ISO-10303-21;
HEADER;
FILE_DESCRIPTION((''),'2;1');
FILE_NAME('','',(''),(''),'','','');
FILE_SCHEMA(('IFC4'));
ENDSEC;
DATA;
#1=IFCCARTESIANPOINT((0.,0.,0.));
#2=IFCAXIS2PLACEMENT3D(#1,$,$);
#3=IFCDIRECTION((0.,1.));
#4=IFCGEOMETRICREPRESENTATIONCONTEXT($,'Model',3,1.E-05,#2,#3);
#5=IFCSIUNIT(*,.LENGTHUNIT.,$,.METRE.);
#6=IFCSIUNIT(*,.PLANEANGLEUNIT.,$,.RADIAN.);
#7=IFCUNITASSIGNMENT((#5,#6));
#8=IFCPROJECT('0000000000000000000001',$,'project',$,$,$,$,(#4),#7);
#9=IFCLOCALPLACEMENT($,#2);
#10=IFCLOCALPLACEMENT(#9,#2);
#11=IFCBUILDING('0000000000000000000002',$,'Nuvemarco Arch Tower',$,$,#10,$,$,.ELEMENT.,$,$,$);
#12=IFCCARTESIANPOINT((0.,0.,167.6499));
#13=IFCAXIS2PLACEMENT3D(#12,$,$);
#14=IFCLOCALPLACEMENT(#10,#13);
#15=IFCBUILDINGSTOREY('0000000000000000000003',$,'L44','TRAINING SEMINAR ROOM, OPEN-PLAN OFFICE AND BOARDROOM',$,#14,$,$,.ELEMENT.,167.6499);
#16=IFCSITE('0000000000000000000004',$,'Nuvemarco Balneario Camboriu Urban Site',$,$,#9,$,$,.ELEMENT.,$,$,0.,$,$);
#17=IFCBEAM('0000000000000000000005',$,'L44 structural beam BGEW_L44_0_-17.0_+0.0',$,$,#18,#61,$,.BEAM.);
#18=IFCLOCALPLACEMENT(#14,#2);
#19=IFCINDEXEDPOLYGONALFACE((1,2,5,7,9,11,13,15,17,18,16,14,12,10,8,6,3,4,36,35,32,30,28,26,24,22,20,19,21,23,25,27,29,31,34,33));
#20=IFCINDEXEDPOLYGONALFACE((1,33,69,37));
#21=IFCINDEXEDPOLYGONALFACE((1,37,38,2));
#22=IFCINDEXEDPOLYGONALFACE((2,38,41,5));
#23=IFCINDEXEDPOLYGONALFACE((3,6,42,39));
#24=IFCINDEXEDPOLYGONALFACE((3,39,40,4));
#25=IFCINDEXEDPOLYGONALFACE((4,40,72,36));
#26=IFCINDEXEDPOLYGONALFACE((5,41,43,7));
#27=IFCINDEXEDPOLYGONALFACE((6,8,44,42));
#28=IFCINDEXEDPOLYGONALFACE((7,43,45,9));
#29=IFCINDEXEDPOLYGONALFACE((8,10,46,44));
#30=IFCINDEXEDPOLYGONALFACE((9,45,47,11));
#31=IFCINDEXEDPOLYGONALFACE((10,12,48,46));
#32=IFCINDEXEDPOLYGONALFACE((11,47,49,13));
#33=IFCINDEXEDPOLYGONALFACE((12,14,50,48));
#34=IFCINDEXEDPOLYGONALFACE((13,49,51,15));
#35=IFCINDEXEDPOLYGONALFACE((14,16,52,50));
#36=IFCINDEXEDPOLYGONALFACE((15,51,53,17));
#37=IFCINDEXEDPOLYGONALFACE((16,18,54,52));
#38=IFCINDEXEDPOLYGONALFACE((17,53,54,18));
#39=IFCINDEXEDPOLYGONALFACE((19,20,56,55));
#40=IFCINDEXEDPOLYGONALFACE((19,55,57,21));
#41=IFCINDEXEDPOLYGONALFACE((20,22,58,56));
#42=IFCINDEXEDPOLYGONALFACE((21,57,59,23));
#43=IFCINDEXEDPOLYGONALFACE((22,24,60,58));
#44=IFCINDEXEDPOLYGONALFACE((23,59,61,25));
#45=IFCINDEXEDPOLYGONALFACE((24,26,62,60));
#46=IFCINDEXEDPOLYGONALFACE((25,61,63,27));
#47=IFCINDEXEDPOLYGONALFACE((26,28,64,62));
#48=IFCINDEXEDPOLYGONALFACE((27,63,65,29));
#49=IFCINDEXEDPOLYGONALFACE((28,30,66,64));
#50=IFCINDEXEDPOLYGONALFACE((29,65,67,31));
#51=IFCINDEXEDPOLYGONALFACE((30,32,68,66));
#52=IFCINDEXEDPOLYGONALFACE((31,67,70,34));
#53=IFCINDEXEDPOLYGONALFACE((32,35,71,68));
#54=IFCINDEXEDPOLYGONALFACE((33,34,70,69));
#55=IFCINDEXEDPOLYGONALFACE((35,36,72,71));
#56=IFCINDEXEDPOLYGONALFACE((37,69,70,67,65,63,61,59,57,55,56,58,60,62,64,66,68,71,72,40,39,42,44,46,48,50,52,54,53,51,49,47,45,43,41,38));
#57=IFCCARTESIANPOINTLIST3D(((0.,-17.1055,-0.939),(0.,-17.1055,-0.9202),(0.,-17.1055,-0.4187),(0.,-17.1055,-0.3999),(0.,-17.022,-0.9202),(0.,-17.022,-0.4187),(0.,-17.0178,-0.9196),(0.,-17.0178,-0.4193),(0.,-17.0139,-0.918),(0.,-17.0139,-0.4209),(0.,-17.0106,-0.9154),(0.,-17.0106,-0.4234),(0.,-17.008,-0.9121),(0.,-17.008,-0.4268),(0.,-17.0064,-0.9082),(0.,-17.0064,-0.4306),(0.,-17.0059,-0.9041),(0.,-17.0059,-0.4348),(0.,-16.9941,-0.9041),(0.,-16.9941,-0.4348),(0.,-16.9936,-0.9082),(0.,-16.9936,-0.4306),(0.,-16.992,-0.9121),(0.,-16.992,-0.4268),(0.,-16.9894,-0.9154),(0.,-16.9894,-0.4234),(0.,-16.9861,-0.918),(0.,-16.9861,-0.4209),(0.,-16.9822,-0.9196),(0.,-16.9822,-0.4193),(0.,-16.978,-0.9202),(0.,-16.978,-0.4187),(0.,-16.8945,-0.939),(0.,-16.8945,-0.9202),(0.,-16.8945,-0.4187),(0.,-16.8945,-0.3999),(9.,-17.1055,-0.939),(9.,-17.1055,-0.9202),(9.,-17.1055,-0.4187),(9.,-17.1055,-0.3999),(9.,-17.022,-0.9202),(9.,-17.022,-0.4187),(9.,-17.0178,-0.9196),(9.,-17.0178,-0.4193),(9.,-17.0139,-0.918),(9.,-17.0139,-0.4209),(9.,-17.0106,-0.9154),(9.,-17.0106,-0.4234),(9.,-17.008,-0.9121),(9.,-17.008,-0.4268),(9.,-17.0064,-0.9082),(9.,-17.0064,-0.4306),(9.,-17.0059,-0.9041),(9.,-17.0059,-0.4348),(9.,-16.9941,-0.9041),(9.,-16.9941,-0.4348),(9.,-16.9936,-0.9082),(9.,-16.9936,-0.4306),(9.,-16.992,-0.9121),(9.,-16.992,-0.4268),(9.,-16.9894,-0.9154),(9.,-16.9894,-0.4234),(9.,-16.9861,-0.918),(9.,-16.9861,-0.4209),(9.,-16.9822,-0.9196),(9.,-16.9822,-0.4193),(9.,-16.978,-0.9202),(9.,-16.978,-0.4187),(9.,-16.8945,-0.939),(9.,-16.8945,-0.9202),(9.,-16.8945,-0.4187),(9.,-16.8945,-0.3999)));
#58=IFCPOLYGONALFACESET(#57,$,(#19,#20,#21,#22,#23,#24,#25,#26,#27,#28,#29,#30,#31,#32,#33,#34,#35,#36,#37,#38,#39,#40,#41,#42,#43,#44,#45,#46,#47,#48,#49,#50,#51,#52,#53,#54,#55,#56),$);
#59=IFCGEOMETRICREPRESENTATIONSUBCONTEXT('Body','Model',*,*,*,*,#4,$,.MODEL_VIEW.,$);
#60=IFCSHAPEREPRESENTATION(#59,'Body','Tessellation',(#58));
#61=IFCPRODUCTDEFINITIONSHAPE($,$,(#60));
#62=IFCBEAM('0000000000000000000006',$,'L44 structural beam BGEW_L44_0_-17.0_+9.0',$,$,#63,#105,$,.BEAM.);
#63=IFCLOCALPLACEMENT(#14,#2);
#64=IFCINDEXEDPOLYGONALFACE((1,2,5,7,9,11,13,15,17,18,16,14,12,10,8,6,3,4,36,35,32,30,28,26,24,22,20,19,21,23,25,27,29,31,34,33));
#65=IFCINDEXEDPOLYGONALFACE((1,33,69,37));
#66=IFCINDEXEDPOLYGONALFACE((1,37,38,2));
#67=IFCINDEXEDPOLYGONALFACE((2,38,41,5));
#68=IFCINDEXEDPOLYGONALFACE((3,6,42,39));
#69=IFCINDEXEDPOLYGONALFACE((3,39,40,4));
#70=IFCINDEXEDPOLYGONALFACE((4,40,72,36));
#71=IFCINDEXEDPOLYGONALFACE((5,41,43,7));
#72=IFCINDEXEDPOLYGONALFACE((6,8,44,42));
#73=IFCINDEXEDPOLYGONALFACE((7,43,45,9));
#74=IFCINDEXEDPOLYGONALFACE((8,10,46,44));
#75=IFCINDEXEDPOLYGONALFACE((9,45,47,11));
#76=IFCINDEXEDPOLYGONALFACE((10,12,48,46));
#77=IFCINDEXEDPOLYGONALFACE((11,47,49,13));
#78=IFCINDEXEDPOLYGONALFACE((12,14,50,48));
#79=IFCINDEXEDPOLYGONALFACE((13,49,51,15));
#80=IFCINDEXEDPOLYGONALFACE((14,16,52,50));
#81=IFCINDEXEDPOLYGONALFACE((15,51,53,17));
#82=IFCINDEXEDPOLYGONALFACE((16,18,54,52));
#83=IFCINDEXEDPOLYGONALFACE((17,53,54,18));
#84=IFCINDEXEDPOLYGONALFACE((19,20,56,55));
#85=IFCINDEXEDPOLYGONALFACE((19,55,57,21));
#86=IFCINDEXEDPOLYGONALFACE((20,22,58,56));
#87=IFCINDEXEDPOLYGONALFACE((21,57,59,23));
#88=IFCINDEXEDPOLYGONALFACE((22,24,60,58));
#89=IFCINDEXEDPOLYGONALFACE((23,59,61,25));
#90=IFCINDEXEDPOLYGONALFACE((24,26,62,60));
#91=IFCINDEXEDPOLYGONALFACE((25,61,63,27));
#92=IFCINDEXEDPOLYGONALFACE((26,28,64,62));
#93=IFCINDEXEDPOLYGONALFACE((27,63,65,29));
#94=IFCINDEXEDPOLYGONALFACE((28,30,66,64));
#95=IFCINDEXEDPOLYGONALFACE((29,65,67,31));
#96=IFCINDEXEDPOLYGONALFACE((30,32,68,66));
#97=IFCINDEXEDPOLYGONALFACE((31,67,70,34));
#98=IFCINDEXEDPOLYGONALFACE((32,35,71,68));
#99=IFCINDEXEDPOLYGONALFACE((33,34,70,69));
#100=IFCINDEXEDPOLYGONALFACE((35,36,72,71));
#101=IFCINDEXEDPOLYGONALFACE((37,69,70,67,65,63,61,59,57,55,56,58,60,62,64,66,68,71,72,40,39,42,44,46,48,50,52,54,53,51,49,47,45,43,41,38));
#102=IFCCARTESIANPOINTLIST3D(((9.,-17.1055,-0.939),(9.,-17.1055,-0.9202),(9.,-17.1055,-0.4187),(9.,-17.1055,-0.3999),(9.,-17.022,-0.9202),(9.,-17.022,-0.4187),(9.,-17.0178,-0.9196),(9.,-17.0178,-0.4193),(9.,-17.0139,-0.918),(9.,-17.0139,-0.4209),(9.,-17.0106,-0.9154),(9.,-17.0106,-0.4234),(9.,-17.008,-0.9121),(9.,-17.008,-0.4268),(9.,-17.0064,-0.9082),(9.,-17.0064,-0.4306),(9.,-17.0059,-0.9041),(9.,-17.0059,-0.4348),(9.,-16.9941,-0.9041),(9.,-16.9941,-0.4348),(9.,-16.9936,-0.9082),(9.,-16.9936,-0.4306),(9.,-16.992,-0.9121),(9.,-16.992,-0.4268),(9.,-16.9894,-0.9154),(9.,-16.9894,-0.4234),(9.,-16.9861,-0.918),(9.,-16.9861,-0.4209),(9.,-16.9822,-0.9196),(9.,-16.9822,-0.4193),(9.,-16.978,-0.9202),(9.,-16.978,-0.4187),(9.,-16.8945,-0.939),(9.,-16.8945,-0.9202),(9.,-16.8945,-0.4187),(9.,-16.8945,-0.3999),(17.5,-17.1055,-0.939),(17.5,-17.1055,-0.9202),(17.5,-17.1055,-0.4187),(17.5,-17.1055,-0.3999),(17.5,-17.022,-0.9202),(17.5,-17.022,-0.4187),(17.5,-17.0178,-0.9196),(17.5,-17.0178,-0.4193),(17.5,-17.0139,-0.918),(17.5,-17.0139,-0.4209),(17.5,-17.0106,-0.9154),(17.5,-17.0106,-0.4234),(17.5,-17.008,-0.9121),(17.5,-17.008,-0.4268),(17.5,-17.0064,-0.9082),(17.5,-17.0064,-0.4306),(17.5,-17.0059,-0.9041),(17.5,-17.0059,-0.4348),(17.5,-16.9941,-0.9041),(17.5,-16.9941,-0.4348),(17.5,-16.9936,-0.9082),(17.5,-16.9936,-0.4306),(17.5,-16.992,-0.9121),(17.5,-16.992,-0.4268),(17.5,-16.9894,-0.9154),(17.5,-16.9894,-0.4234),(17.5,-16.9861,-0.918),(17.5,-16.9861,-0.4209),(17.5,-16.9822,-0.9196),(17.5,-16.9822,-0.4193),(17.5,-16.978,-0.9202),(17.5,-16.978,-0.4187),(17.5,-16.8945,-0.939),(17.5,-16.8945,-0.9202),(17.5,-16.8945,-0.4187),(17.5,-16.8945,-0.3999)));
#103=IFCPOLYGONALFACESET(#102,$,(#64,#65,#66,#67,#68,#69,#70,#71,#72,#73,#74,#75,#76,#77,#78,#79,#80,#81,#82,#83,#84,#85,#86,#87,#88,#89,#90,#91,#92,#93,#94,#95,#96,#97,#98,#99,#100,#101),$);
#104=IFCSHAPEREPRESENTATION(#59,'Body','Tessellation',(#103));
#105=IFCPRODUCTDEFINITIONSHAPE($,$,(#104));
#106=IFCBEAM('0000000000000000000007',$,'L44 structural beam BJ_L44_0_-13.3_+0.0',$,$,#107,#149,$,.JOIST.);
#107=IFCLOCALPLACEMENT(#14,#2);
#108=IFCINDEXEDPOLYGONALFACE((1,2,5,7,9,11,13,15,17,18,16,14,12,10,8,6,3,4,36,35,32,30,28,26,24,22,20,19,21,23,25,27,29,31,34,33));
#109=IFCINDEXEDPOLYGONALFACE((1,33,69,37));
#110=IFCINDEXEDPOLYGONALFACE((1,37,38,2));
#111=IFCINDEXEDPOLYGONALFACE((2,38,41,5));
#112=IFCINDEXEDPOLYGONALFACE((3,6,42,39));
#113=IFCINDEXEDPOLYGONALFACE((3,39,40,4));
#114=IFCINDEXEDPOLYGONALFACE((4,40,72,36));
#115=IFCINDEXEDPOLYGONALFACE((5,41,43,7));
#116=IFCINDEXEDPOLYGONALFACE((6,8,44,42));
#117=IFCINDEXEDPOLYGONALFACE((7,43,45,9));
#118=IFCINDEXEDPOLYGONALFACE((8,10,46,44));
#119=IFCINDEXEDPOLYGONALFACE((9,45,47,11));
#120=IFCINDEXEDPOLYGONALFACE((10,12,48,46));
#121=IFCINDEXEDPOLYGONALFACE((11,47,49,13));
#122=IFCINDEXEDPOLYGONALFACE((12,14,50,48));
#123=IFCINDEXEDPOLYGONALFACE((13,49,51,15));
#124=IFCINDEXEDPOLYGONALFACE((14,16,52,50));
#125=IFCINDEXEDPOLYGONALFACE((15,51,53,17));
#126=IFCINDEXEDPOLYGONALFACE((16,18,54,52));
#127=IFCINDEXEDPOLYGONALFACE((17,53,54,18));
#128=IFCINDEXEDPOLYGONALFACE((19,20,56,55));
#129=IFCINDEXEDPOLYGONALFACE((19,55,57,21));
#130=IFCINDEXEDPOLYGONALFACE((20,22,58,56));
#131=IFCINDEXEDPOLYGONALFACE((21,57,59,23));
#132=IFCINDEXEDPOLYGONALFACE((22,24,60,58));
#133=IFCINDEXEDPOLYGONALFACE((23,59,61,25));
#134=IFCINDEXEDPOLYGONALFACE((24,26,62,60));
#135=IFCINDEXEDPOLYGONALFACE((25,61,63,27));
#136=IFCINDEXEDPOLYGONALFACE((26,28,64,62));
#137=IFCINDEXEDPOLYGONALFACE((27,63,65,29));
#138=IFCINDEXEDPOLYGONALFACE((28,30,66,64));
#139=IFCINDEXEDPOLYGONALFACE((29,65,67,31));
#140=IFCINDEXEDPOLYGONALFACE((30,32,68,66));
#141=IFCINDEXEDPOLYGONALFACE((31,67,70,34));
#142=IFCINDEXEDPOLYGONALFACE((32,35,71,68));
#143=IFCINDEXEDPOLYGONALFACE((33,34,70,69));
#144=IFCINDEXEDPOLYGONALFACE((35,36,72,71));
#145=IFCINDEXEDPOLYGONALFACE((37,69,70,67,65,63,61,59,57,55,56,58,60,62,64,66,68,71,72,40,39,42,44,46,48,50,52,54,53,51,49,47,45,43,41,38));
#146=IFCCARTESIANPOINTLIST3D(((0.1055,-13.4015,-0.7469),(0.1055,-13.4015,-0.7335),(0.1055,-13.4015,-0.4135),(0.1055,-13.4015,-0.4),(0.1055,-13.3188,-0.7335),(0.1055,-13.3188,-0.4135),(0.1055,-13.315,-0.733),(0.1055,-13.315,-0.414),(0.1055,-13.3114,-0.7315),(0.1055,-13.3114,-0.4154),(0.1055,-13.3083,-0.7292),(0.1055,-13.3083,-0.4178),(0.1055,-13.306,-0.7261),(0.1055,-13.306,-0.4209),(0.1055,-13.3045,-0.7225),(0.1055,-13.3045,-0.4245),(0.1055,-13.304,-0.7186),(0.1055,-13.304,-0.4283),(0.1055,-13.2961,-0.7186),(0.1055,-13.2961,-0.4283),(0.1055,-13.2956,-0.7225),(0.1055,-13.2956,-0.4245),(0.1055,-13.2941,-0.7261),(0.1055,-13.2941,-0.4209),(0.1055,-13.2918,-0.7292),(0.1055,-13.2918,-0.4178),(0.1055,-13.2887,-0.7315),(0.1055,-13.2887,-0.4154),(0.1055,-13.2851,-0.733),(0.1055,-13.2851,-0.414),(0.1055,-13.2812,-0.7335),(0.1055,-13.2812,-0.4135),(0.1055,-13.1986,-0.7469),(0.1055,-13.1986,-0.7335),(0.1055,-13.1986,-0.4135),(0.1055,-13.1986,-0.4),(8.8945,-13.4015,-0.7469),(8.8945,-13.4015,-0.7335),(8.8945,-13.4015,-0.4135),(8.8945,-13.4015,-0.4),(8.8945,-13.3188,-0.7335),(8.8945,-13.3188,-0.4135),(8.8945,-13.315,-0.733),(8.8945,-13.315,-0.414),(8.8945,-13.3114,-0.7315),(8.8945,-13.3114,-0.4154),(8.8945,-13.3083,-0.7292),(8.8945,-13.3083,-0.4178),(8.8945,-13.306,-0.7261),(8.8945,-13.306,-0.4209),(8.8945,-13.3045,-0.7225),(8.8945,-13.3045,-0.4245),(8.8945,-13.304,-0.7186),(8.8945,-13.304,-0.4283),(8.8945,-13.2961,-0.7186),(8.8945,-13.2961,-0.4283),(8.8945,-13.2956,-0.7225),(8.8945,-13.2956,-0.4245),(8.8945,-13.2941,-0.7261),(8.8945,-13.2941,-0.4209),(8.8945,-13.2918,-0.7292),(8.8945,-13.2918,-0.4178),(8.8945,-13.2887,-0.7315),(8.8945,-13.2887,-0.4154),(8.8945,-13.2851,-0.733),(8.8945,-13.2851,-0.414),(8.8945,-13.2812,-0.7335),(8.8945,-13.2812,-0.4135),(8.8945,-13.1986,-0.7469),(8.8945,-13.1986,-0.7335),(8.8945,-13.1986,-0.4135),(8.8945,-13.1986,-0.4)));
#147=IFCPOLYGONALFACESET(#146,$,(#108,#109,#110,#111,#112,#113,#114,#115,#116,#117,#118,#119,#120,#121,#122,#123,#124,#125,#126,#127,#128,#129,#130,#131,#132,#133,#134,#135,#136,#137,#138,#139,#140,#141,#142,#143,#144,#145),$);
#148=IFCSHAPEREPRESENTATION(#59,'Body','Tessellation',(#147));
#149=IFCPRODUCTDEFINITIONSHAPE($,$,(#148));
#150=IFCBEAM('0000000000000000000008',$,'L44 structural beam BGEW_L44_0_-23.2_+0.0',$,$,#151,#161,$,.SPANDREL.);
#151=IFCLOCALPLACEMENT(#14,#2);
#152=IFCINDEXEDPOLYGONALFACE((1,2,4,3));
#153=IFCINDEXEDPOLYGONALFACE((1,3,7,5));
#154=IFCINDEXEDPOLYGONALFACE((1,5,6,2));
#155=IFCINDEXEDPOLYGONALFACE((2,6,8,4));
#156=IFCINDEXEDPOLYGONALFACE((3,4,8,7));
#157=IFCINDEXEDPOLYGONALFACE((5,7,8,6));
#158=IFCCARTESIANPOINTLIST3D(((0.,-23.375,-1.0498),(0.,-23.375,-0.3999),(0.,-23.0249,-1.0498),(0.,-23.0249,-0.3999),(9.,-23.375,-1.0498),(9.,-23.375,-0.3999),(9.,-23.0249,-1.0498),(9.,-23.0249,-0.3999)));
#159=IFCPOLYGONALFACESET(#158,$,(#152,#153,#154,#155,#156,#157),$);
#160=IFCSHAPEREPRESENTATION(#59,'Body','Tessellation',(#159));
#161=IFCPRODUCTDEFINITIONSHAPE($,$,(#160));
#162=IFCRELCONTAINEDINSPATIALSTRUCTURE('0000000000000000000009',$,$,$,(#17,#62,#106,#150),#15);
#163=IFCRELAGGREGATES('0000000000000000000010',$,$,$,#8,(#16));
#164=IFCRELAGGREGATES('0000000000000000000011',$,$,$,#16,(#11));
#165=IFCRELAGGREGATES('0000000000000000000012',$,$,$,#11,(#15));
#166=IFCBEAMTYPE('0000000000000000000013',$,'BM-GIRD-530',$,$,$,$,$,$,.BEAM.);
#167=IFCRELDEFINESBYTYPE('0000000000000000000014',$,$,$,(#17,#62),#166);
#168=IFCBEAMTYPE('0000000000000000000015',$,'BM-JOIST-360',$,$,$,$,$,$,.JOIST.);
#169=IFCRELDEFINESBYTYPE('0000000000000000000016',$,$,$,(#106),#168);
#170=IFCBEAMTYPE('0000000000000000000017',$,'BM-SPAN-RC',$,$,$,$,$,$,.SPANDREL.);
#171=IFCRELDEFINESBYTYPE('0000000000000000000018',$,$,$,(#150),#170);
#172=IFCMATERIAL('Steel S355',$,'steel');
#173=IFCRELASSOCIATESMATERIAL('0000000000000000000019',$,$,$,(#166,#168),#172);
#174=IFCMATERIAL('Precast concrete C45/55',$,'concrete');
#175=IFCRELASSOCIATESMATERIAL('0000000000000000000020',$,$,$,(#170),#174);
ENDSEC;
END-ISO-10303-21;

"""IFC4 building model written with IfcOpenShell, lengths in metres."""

from ifc_helpers import new_model, si_unit, direction, frame, origin, origin_2d, place, context, subcontext, project, spatial, rectangle, i_section, extrude, material, material_profile, profile_set, type_object, element, save


model = new_model("IFC4")

# Units and contexts
model_context = context("Model", 3, precision=1e-05, world=origin(), true_north=direction((0.0, 1.0)))
body_context = subcontext(model_context, "Body", "Model", "MODEL_VIEW")
ifc_project = project(units=[si_unit("LENGTHUNIT", "METRE"), si_unit("PLANEANGLEUNIT", "RADIAN")], contexts=[model_context])

# Site, building, storey
site_placement = place(None, origin())
site = spatial("IfcSite", under=ifc_project, at=site_placement, Name="Nuvemarco Balneario Camboriu Urban Site", CompositionType="ELEMENT", RefElevation=0.0)
building_placement = place(site_placement, origin())
building = spatial("IfcBuilding", under=site, at=building_placement, Name="Nuvemarco Arch Tower", CompositionType="ELEMENT")
storey_placement = place(building_placement, frame((0.0, 0.0, 167.6499)))
storey = spatial("IfcBuildingStorey", under=building, at=storey_placement, Name="L44", Description="TRAINING SEMINAR ROOM, OPEN-PLAN OFFICE AND BOARDROOM", CompositionType="ELEMENT", Elevation=167.6499)

# Shared definitions
ifc_material_1 = material(Name="Steel S355", Category="steel")

# Beams
ifc_material_profile_1 = material_profile(ifc_material_1, i_section(OverallWidth=0.2109, OverallDepth=0.5391, WebThickness=0.0117, FlangeThickness=0.0188, FilletRadius=0.0161, at=origin_2d()), Name="W530x109")
ifc_profile_set_1 = profile_set([ifc_material_profile_1], Name="Steel S355")
beam_type_1 = type_object("IfcBeamType", Name="BM-GIRD-530", PredefinedType="BEAM", material=ifc_profile_set_1)
beam_1_placement = place(storey_placement, frame((0.0, -17.0, -0.6694), z_axis=(1.0, 0.0, 0.0), x_axis=(0.0, 1.0, 0.0)))
element("IfcBeam", 1, at=beam_1_placement, inside=storey, type_object=beam_type_1, Name="L44 structural beam BGEW_L44_0_-17.0_+0.0", PredefinedType="BEAM", context=body_context, shape_type="SweptSolid", body=[
    extrude(i_section(OverallWidth=0.2109, OverallDepth=0.5391, WebThickness=0.0117, FlangeThickness=0.0188, FilletRadius=0.0161, at=origin_2d()), origin(), (0.0, 0.0, 1.0), 9.0),
])
beam_2_placement = place(storey_placement, frame((9.0, -17.0, -0.6694), z_axis=(1.0, 0.0, 0.0), x_axis=(0.0, 1.0, 0.0)))
element("IfcBeam", 2, at=beam_2_placement, inside=storey, type_object=beam_type_1, Name="L44 structural beam BGEW_L44_0_-17.0_+9.0", PredefinedType="BEAM", context=body_context, shape_type="SweptSolid", body=[
    extrude(i_section(OverallWidth=0.2109, OverallDepth=0.5391, WebThickness=0.0117, FlangeThickness=0.0188, FilletRadius=0.0161, at=origin_2d()), origin(), (0.0, 0.0, 1.0), 8.5),
])
ifc_material_profile_2 = material_profile(ifc_material_1, i_section(OverallWidth=0.2029, OverallDepth=0.3469, WebThickness=0.0078, FlangeThickness=0.0134, FilletRadius=0.0149, at=origin_2d()), Name="W360x64")
ifc_profile_set_2 = profile_set([ifc_material_profile_2], Name="Steel S355")
beam_type_2 = type_object("IfcBeamType", Name="BM-JOIST-360", PredefinedType="JOIST", material=ifc_profile_set_2)
beam_3_placement = place(storey_placement, frame((0.1055, -13.3, -0.5735), z_axis=(1.0, 0.0, 0.0), x_axis=(0.0, 1.0, 0.0)))
element("IfcBeam", 3, at=beam_3_placement, inside=storey, type_object=beam_type_2, Name="L44 structural beam BJ_L44_0_-13.3_+0.0", PredefinedType="JOIST", context=body_context, shape_type="SweptSolid", body=[
    extrude(i_section(OverallWidth=0.2029, OverallDepth=0.3469, WebThickness=0.0078, FlangeThickness=0.0134, FilletRadius=0.0149, at=origin_2d()), origin(), (0.0, 0.0, 1.0), 8.7891),
])
ifc_material_2 = material(Name="Precast concrete C45/55", Category="concrete")
ifc_material_profile_3 = material_profile(ifc_material_2, rectangle(XDim=0.3501, YDim=0.6499, at=origin_2d()), Name="PC-SP-350x650")
ifc_profile_set_3 = profile_set([ifc_material_profile_3], Name="Precast concrete C45/55")
beam_type_3 = type_object("IfcBeamType", Name="BM-SPAN-RC", PredefinedType="SPANDREL", material=ifc_profile_set_3)
beam_4_placement = place(storey_placement, frame((0.0, -23.2, -0.7249), z_axis=(1.0, 0.0, 0.0), x_axis=(0.0, 1.0, 0.0)))
element("IfcBeam", 4, at=beam_4_placement, inside=storey, type_object=beam_type_3, Name="L44 structural beam BGEW_L44_0_-23.2_+0.0", PredefinedType="SPANDREL", context=body_context, shape_type="SweptSolid", body=[
    extrude(rectangle(XDim=0.3501, YDim=0.6499, at=origin_2d()), origin(), (0.0, 0.0, 1.0), 9.0),
])

save(model, "model.ifc")
